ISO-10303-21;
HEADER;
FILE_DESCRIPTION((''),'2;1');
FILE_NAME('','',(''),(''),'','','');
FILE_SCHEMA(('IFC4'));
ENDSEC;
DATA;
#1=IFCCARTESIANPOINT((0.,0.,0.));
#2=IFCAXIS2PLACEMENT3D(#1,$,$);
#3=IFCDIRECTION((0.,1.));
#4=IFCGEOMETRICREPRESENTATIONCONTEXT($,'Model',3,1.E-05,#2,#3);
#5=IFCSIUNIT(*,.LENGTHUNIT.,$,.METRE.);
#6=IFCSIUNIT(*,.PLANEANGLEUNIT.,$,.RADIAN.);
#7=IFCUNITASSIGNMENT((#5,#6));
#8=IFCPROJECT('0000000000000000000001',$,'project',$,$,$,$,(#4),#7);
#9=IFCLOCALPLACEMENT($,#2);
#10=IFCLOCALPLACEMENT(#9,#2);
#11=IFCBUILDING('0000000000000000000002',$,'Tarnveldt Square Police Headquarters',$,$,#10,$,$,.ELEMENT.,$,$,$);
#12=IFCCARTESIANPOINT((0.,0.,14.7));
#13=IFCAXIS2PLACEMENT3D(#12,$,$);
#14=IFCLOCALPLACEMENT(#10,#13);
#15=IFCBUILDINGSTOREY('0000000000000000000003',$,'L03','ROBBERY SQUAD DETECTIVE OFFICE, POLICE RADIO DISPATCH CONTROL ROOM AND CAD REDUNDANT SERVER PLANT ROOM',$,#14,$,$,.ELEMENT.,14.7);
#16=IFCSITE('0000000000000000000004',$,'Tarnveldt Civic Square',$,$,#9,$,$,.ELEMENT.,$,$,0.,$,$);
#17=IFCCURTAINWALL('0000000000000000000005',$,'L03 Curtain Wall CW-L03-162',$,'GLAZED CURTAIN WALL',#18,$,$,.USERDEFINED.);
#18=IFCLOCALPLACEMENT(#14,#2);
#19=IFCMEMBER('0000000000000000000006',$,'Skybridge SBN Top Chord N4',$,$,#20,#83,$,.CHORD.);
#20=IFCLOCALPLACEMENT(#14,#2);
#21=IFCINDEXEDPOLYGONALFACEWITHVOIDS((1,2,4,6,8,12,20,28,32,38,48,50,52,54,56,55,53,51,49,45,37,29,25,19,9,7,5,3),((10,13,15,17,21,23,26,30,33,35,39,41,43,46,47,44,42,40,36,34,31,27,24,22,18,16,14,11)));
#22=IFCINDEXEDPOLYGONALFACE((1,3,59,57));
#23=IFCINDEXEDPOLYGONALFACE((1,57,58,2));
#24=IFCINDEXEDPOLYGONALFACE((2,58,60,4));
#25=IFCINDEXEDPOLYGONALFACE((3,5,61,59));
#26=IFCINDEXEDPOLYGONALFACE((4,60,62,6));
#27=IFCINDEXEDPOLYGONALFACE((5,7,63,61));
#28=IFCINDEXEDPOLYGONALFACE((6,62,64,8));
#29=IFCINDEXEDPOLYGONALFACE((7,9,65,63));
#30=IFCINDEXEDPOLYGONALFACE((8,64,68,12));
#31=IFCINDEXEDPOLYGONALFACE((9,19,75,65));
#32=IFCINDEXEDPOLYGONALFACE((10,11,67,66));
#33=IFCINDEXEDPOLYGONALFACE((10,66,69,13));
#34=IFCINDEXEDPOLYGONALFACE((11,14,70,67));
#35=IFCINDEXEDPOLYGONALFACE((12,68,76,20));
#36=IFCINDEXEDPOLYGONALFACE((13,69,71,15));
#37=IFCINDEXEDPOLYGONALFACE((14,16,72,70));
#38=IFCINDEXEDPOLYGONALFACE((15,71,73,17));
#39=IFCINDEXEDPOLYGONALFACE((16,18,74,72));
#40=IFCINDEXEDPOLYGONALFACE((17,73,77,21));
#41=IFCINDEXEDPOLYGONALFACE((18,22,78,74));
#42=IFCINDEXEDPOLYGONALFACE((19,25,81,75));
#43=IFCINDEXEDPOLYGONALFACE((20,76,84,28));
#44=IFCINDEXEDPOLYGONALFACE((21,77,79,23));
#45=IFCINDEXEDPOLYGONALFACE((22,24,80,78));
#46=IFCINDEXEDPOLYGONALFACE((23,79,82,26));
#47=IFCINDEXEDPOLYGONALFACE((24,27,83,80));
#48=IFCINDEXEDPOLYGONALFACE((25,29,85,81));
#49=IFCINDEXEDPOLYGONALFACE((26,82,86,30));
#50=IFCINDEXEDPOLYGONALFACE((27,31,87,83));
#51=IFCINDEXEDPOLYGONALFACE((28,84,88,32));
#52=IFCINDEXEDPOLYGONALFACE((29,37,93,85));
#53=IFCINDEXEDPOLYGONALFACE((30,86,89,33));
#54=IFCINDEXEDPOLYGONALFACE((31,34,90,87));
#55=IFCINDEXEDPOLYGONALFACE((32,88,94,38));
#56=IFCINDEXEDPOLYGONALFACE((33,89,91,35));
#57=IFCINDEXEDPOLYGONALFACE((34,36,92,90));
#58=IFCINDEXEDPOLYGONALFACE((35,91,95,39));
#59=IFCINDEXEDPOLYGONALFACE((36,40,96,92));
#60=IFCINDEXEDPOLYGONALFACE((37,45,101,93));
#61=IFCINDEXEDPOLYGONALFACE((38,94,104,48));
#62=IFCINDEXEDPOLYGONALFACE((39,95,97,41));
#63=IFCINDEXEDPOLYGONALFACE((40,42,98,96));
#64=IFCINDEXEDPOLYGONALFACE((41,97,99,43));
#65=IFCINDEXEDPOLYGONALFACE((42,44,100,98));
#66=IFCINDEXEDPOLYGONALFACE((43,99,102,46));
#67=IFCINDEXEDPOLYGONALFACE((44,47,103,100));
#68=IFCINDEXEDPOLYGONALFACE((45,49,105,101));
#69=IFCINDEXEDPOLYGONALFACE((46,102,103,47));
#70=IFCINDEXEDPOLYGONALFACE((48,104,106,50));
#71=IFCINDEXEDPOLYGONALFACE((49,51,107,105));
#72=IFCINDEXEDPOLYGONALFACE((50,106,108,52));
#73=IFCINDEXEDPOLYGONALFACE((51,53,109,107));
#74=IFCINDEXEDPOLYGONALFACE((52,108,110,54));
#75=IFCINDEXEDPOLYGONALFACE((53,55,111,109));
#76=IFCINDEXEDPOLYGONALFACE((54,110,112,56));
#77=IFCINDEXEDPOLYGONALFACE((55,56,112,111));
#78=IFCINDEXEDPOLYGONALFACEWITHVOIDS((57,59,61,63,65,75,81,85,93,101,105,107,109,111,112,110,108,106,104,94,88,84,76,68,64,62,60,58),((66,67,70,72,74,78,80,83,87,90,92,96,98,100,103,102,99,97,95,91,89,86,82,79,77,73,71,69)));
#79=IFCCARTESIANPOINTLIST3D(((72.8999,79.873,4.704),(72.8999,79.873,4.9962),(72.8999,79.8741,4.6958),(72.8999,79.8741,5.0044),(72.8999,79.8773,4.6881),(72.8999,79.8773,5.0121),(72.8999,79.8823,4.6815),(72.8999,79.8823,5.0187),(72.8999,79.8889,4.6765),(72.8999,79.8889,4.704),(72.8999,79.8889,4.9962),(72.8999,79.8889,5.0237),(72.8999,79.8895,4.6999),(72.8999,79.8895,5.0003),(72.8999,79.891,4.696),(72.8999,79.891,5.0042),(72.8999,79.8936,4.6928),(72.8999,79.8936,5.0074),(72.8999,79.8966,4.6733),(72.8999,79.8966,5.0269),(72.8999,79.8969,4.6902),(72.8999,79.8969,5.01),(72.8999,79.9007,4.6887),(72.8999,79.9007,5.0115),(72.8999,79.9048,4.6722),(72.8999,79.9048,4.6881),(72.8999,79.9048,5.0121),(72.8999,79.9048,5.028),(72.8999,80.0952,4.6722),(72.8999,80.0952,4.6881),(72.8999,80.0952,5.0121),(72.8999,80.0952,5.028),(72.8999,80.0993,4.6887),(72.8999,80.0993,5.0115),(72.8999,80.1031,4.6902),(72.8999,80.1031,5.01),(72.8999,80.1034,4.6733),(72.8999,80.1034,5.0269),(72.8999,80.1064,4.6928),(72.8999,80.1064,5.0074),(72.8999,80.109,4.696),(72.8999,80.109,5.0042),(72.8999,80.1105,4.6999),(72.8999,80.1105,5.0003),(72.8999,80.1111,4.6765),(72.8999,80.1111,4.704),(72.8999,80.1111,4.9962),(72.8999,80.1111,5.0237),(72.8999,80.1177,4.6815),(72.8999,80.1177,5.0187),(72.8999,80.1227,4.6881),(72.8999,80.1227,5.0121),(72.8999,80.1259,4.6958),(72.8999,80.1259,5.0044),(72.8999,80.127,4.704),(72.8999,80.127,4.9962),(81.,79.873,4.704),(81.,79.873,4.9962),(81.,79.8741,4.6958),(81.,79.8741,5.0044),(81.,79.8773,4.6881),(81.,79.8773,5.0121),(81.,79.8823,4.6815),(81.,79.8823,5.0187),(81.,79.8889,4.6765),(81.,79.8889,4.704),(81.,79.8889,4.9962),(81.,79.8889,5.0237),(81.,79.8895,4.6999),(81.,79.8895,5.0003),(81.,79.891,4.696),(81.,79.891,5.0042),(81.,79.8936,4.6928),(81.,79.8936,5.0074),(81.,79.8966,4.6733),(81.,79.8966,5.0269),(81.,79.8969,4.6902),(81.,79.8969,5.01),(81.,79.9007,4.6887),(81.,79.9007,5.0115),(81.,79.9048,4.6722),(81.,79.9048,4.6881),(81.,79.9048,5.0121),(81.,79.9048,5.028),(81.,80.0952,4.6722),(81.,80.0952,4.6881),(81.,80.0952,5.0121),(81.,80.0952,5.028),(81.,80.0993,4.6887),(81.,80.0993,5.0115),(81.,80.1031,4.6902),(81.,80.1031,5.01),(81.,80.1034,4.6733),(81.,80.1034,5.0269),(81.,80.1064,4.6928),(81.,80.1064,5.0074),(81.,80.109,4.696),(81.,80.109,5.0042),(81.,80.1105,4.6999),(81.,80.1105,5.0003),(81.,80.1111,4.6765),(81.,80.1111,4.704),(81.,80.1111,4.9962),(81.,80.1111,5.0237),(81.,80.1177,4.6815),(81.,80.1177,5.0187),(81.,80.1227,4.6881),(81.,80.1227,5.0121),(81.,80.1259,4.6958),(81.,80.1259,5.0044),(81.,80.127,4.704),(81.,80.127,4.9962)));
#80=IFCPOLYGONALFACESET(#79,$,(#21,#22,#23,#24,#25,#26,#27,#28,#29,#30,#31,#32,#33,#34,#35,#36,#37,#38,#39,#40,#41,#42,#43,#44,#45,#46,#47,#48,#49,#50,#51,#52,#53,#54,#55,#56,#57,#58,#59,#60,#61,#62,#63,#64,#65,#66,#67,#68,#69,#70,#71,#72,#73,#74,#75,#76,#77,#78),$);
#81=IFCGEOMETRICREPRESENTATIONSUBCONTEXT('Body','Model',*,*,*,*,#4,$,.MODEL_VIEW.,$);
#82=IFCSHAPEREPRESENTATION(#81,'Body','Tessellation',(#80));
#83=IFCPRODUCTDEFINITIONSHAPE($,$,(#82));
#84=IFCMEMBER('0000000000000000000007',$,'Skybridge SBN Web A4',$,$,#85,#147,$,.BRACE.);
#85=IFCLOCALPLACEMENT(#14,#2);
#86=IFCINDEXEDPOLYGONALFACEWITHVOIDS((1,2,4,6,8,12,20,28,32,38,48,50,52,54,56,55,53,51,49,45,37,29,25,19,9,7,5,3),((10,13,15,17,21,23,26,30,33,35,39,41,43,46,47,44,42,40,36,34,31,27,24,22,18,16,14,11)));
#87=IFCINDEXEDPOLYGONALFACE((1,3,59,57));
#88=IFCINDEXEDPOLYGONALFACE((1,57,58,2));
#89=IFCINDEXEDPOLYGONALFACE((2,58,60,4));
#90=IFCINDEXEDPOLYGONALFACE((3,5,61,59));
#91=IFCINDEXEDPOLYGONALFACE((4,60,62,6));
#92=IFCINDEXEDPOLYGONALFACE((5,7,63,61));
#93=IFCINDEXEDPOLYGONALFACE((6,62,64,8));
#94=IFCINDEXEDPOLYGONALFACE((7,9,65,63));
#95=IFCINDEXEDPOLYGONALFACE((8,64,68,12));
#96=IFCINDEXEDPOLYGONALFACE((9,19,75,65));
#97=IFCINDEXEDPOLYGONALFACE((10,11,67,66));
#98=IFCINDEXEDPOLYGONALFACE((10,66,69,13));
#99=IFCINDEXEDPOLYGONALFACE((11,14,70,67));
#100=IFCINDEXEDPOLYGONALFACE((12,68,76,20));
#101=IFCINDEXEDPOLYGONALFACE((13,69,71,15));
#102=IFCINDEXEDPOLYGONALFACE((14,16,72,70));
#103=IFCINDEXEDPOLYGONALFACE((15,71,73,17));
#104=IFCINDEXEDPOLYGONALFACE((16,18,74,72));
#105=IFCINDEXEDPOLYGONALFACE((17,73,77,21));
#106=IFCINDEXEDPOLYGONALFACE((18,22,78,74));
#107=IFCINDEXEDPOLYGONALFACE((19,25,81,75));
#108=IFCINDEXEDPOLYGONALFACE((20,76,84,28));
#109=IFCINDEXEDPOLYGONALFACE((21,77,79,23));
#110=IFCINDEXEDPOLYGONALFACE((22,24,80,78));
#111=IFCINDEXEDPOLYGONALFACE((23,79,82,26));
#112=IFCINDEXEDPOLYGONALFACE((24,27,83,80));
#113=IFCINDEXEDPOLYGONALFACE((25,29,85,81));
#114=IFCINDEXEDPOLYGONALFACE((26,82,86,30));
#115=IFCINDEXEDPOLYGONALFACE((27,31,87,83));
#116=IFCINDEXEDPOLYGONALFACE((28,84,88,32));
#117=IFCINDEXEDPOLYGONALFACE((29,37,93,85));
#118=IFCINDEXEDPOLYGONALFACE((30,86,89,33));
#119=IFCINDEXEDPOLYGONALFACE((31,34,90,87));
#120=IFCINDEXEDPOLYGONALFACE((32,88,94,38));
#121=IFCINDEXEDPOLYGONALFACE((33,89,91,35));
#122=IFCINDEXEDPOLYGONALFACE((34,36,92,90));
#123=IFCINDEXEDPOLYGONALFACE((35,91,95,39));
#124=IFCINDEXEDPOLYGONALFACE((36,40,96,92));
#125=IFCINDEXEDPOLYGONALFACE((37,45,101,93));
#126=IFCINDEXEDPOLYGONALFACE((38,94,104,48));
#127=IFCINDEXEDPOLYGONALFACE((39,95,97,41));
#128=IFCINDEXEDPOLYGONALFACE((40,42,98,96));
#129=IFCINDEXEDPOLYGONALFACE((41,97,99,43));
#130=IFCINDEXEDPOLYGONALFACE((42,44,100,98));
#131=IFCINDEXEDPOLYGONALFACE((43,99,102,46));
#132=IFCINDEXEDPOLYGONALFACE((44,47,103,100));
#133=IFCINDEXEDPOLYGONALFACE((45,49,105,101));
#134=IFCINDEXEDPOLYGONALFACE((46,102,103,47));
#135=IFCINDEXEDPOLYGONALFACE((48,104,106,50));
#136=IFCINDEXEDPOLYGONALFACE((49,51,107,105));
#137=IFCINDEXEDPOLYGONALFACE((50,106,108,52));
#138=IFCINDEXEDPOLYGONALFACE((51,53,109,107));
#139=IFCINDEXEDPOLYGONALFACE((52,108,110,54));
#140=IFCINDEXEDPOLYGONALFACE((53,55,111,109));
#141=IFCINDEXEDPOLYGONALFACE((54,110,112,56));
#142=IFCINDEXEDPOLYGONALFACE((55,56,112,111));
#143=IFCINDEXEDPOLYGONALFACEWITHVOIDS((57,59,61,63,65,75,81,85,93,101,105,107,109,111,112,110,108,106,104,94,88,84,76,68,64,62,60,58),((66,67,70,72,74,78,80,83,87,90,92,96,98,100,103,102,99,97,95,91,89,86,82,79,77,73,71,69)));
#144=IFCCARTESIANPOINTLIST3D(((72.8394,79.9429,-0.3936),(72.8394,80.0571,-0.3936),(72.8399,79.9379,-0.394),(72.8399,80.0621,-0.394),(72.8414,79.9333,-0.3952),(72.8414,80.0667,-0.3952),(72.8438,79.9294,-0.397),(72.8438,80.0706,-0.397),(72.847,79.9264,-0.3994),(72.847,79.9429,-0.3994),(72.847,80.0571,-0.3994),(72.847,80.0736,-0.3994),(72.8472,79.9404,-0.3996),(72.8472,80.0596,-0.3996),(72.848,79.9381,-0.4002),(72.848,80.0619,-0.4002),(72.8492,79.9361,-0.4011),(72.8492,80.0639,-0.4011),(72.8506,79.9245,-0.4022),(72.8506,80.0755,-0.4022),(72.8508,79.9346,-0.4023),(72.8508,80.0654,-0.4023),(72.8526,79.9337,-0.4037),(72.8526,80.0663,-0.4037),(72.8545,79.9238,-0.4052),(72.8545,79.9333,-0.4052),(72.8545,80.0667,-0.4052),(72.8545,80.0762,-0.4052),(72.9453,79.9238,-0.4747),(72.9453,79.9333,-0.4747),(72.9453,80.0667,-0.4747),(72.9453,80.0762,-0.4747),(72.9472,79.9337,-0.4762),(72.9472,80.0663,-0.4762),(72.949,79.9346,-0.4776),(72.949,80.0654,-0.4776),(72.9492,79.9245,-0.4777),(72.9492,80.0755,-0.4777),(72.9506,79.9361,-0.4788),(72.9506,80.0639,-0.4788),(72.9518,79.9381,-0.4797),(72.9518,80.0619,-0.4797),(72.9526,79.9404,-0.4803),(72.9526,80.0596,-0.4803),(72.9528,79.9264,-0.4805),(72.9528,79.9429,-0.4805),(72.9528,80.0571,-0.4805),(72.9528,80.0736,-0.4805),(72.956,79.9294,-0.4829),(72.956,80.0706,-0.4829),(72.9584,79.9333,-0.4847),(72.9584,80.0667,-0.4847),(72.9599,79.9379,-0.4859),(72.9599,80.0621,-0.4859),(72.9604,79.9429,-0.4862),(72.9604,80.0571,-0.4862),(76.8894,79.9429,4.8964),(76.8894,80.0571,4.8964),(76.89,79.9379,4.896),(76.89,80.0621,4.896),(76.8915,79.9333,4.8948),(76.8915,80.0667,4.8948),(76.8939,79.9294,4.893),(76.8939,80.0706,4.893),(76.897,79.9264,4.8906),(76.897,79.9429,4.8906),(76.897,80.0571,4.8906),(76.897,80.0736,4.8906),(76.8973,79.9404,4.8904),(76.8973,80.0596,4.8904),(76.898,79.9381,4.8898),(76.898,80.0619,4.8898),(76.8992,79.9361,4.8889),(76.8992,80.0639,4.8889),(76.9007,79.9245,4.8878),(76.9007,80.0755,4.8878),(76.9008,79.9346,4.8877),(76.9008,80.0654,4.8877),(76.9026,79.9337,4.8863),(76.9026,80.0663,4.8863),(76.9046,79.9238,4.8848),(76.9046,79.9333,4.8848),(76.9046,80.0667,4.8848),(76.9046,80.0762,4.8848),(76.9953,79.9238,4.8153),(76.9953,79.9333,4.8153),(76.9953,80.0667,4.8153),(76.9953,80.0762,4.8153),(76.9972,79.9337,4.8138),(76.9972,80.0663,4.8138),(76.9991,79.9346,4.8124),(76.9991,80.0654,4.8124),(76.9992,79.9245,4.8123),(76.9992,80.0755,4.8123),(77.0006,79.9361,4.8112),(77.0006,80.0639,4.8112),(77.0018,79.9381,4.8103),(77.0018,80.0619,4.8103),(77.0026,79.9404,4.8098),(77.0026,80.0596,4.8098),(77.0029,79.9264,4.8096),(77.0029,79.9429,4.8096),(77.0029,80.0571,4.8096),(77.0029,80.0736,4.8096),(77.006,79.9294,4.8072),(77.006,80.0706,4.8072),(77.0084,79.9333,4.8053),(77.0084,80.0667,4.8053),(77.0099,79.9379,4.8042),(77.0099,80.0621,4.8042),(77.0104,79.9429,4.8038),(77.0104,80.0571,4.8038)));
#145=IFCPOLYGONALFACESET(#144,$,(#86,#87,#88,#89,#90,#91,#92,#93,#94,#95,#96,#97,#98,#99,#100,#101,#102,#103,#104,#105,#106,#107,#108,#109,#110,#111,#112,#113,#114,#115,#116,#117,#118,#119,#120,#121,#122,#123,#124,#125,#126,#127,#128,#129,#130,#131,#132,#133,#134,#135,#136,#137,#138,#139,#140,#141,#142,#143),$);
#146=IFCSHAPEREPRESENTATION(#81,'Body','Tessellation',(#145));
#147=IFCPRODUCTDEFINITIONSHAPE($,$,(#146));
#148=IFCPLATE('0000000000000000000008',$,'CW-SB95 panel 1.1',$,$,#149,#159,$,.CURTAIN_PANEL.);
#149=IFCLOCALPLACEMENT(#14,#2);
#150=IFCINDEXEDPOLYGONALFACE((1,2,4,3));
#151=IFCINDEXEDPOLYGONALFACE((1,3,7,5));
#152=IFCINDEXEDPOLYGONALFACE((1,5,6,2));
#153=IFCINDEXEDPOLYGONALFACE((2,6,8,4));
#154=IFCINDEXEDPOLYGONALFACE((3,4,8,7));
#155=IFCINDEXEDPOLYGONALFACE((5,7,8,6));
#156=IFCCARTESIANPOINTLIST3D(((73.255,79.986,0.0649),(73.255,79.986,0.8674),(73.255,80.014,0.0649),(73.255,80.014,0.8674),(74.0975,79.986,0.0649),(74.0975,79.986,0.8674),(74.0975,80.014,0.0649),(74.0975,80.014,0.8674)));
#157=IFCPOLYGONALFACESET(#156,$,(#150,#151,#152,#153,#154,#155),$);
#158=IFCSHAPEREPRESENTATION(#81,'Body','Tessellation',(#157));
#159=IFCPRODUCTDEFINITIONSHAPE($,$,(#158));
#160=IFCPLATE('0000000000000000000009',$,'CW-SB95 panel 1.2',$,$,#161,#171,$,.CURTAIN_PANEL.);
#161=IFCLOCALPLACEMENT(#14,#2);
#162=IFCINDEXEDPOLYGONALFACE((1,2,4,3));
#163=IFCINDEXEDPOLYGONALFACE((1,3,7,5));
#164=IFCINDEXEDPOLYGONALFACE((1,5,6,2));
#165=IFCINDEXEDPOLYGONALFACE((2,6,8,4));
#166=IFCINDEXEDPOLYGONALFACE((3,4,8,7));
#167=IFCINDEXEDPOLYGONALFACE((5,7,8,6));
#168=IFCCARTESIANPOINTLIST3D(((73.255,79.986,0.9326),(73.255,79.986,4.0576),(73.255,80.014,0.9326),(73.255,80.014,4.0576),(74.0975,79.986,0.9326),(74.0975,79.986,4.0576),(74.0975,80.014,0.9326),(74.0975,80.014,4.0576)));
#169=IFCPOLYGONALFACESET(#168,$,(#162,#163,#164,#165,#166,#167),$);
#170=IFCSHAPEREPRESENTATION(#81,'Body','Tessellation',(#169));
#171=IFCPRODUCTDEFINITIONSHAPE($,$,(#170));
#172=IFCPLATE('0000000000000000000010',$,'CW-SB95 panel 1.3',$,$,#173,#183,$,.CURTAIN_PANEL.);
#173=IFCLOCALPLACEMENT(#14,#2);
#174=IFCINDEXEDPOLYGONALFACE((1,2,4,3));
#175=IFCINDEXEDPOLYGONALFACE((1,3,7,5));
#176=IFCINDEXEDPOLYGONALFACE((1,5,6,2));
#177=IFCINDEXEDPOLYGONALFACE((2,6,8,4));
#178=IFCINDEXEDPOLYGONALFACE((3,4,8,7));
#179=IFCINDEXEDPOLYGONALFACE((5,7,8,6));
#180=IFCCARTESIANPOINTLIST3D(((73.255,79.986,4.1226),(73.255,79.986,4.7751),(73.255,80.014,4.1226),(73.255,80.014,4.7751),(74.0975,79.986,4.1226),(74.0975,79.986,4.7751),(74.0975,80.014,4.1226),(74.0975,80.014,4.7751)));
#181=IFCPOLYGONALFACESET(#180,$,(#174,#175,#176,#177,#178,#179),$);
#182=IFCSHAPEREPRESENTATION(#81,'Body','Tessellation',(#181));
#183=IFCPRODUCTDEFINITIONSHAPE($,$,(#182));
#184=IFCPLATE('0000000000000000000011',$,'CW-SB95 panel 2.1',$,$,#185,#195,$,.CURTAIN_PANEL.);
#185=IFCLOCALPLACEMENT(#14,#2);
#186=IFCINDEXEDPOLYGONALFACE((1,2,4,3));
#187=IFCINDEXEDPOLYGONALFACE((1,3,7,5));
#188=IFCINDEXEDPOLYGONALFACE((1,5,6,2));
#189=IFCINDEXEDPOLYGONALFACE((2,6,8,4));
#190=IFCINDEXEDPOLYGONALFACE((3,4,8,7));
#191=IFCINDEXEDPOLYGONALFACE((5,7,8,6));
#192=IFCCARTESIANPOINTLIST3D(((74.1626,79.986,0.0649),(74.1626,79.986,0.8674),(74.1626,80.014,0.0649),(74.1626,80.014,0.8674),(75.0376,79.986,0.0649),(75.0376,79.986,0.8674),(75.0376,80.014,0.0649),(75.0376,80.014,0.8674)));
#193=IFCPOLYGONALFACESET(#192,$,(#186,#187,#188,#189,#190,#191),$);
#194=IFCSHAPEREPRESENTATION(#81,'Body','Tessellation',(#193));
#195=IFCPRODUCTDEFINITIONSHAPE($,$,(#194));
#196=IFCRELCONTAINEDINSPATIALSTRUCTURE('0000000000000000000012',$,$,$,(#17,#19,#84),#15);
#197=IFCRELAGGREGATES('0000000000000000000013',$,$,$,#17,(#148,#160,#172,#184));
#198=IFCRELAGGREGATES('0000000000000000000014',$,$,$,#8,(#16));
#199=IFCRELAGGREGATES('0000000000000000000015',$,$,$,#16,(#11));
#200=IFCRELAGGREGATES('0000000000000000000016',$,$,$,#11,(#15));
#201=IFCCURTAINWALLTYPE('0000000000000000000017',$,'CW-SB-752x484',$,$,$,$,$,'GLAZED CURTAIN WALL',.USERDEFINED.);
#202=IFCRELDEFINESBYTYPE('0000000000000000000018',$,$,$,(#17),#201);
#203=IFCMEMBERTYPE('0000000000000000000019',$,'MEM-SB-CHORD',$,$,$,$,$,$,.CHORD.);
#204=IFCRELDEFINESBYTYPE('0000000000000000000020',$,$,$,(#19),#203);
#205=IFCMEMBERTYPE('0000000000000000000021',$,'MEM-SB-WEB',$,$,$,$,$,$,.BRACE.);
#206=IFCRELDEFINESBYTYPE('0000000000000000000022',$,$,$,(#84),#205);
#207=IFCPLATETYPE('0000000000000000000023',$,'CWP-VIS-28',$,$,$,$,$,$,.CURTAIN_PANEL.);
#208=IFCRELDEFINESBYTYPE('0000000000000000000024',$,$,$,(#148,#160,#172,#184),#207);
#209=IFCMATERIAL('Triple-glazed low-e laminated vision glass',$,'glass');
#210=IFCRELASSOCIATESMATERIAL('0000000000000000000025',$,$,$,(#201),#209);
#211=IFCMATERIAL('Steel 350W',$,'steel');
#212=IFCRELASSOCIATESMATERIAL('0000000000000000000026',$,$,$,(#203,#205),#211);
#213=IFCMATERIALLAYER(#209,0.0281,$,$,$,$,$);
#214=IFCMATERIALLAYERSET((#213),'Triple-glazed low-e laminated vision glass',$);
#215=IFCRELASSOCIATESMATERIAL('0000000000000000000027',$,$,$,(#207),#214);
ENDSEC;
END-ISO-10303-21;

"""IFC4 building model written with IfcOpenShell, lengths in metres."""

from ifc_helpers import new_model, si_unit, direction, frame, origin, origin_2d, place, context, subcontext, project, spatial, rectangle, hollow_rectangle, extrude, material, layer, layer_set, material_profile, profile_set, type_object, element, aggregate, save


model = new_model("IFC4")

# Units and contexts
model_context = context("Model", 3, precision=1e-05, world=origin(), true_north=direction((0.0, 1.0)))
body_context = subcontext(model_context, "Body", "Model", "MODEL_VIEW")
ifc_project = project(units=[si_unit("LENGTHUNIT", "METRE"), si_unit("PLANEANGLEUNIT", "RADIAN")], contexts=[model_context])

# Site, building, storey
site_placement = place(None, origin())
site = spatial("IfcSite", under=ifc_project, at=site_placement, Name="Tarnveldt Civic Square", CompositionType="ELEMENT", RefElevation=0.0)
building_placement = place(site_placement, origin())
building = spatial("IfcBuilding", under=site, at=building_placement, Name="Tarnveldt Square Police Headquarters", CompositionType="ELEMENT")
storey_placement = place(building_placement, frame((0.0, 0.0, 14.7)))
storey = spatial("IfcBuildingStorey", under=building, at=storey_placement, Name="L03", Description="ROBBERY SQUAD DETECTIVE OFFICE, POLICE RADIO DISPATCH CONTROL ROOM AND CAD REDUNDANT SERVER PLANT ROOM", CompositionType="ELEMENT", Elevation=14.7)

# Shared definitions
ifc_material_1 = material(Name="Steel 350W", Category="steel")

# Curtain wall
ifc_material_2 = material(Name="Triple-glazed low-e laminated vision glass", Category="glass")
curtain_wall_type = type_object("IfcCurtainWallType", Name="CW-SB-752x484", ElementType="GLAZED CURTAIN WALL", PredefinedType="USERDEFINED", material=ifc_material_2)
curtain_wall_placement = place(storey_placement, origin())
curtain_wall = element("IfcCurtainWall", 1, at=curtain_wall_placement, inside=storey, type_object=curtain_wall_type, Name="L03 Curtain Wall CW-L03-162", ObjectType="GLAZED CURTAIN WALL", PredefinedType="USERDEFINED")

# Members
ifc_material_profile_1 = material_profile(ifc_material_1, hollow_rectangle(XDim=0.2539, YDim=0.3557, WallThickness=0.0159, InnerFilletRadius=0.0159, OuterFilletRadius=0.0317, at=origin_2d()), Name="HSS356x254x16")
ifc_profile_set_1 = profile_set([ifc_material_profile_1], Name="Steel 350W")
member_type_1 = type_object("IfcMemberType", Name="MEM-SB-CHORD", PredefinedType="CHORD", material=ifc_profile_set_1)
for number, where, z_axis, x_axis, name in (
    (2, (72.8999, 80.0, 4.8501), (1.0, 0.0, 0.0), (0.0, 1.0, 0.0), "Skybridge SBN Top Chord N4"),
):
    element("IfcMember", number, at=place(storey_placement, frame(where, z_axis=z_axis, x_axis=x_axis)), inside=storey, type_object=member_type_1, Name=name, PredefinedType="CHORD", context=body_context, shape_type="SweptSolid", body=[
        extrude(hollow_rectangle(XDim=0.2539, YDim=0.3557, WallThickness=0.0159, InnerFilletRadius=0.0159, OuterFilletRadius=0.0317, at=origin_2d()), origin(), (0.0, 0.0, 1.0), 8.1001),
    ])
ifc_material_profile_2 = material_profile(ifc_material_1, hollow_rectangle(XDim=0.1523, YDim=0.1523, WallThickness=0.0095, InnerFilletRadius=0.0095, OuterFilletRadius=0.019, at=origin_2d()), Name="HSS152x152x9.5")
ifc_profile_set_2 = profile_set([ifc_material_profile_2], Name="Steel 350W")
member_type_2 = type_object("IfcMemberType", Name="MEM-SB-WEB", PredefinedType="BRACE", material=ifc_profile_set_2)
member_1_placement = place(storey_placement, frame((72.8999, 80.0, -0.4399), z_axis=(0.607898, 0.0, 0.794016), x_axis=(0.0, 1.0, 0.0)))
element("IfcMember", 3, at=member_1_placement, inside=storey, type_object=member_type_2, Name="Skybridge SBN Web A4", PredefinedType="BRACE", context=body_context, shape_type="SweptSolid", body=[
    extrude(hollow_rectangle(XDim=0.1523, YDim=0.1523, WallThickness=0.0095, InnerFilletRadius=0.0095, OuterFilletRadius=0.019, at=origin_2d()), origin(), (0.0, 0.0, 1.0), 6.6624),
])

# Plates
ifc_layer = layer(ifc_material_2, 0.0281)
ifc_layer_set = layer_set([ifc_layer], Name="Triple-glazed low-e laminated vision glass")
plate_type = type_object("IfcPlateType", Name="CWP-VIS-28", PredefinedType="CURTAIN_PANEL", material=ifc_layer_set)
plate_1_placement = place(storey_placement, frame((73.6763, 80.0, 0.0649), z_axis=(0.0, 0.0, 1.0), x_axis=(1.0, 0.0, 0.0)))
plate_1 = element("IfcPlate", 4, at=plate_1_placement, type_object=plate_type, Name="CW-SB95 panel 1.1", PredefinedType="CURTAIN_PANEL", context=body_context, shape_type="SweptSolid", body=[
    extrude(rectangle(XDim=0.8425, YDim=0.0281, at=origin_2d()), origin(), (0.0, 0.0, 1.0), 0.8025),
])
plate_2_placement = place(storey_placement, frame((73.6763, 80.0, 0.9326), z_axis=(0.0, 0.0, 1.0), x_axis=(1.0, 0.0, 0.0)))
plate_2 = element("IfcPlate", 5, at=plate_2_placement, type_object=plate_type, Name="CW-SB95 panel 1.2", PredefinedType="CURTAIN_PANEL", context=body_context, shape_type="SweptSolid", body=[
    extrude(rectangle(XDim=0.8425, YDim=0.0281, at=origin_2d()), origin(), (0.0, 0.0, 1.0), 3.125),
])
plate_3_placement = place(storey_placement, frame((73.6763, 80.0, 4.1226), z_axis=(0.0, 0.0, 1.0), x_axis=(1.0, 0.0, 0.0)))
plate_3 = element("IfcPlate", 6, at=plate_3_placement, type_object=plate_type, Name="CW-SB95 panel 1.3", PredefinedType="CURTAIN_PANEL", context=body_context, shape_type="SweptSolid", body=[
    extrude(rectangle(XDim=0.8425, YDim=0.0281, at=origin_2d()), origin(), (0.0, 0.0, 1.0), 0.6526),
])
plate_4_placement = place(storey_placement, frame((74.6001, 80.0, 0.0649), z_axis=(0.0, 0.0, 1.0), x_axis=(1.0, 0.0, 0.0)))
plate_4 = element("IfcPlate", 7, at=plate_4_placement, type_object=plate_type, Name="CW-SB95 panel 2.1", PredefinedType="CURTAIN_PANEL", context=body_context, shape_type="SweptSolid", body=[
    extrude(rectangle(XDim=0.875, YDim=0.0281, at=origin_2d()), origin(), (0.0, 0.0, 1.0), 0.8025),
])
aggregate(curtain_wall, [plate_1, plate_2, plate_3, plate_4])

save(model, "model.ifc")
